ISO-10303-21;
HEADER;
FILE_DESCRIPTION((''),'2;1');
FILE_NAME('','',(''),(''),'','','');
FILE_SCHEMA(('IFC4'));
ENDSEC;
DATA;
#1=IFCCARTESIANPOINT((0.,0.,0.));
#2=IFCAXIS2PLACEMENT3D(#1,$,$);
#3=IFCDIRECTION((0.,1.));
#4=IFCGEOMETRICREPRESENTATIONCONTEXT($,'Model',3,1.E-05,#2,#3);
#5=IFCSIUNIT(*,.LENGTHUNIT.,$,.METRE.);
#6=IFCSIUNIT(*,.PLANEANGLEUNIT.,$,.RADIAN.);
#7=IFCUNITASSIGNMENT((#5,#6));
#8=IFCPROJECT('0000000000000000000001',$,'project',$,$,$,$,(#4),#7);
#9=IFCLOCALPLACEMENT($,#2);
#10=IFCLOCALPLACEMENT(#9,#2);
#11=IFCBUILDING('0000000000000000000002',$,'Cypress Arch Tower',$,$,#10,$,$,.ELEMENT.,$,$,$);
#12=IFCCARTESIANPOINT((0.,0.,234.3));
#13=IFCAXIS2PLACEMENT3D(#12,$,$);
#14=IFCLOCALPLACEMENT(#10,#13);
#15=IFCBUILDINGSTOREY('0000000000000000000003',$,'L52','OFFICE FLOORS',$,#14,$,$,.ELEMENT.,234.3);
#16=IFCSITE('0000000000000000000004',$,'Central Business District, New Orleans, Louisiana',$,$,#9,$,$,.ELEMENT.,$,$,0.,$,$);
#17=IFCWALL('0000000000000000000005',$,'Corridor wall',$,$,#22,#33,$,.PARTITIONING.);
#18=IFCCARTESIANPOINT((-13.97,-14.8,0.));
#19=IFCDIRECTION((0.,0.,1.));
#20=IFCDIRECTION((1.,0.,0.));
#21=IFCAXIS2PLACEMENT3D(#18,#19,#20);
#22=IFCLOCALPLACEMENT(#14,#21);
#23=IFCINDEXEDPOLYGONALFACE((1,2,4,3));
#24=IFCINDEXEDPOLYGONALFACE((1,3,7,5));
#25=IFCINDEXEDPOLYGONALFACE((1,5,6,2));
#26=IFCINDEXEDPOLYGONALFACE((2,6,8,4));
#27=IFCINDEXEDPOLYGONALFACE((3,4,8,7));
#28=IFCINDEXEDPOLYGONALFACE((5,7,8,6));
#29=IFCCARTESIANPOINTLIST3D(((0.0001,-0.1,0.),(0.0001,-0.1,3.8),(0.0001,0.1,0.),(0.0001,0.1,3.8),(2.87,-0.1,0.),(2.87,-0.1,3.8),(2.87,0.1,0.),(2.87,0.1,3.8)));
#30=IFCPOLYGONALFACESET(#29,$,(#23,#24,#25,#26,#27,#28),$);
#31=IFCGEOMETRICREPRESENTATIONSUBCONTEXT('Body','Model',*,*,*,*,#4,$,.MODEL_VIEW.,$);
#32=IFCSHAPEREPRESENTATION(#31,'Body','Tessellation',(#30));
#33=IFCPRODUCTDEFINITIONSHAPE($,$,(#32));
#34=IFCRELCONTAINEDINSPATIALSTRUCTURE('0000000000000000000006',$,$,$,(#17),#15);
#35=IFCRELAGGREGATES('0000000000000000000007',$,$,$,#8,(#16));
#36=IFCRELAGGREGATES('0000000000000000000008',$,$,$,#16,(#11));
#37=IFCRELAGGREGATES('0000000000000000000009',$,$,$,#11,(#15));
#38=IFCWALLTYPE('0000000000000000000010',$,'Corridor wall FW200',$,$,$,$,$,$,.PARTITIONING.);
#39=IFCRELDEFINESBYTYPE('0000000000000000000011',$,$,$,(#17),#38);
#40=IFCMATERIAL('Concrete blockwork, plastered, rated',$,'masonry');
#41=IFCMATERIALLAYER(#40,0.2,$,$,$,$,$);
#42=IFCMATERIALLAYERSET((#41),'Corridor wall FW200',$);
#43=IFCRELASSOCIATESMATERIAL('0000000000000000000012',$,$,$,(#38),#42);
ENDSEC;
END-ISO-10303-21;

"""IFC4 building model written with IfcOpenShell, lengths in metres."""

from ifc_helpers import new_model, si_unit, direction, frame, frame_2d, origin, place, context, subcontext, project, spatial, rectangle, extrude, material, layer, layer_set, type_object, element, save


model = new_model("IFC4")

# Units and contexts
model_context = context("Model", 3, precision=1e-05, world=origin(), true_north=direction((0.0, 1.0)))
body_context = subcontext(model_context, "Body", "Model", "MODEL_VIEW")
ifc_project = project(units=[si_unit("LENGTHUNIT", "METRE"), si_unit("PLANEANGLEUNIT", "RADIAN")], contexts=[model_context])

# Site, building, storey
site_placement = place(None, origin())
site = spatial("IfcSite", under=ifc_project, at=site_placement, Name="Central Business District, New Orleans, Louisiana", CompositionType="ELEMENT", RefElevation=0.0)
building_placement = place(site_placement, origin())
building = spatial("IfcBuilding", under=site, at=building_placement, Name="Cypress Arch Tower", CompositionType="ELEMENT")
storey_placement = place(building_placement, frame((0.0, 0.0, 234.3)))
storey = spatial("IfcBuildingStorey", under=building, at=storey_placement, Name="L52", Description="OFFICE FLOORS", CompositionType="ELEMENT", Elevation=234.3)

# Wall
ifc_material_1 = material(Name="Concrete blockwork, plastered, rated", Category="masonry")
ifc_layer_1 = layer(ifc_material_1, 0.2)
ifc_layer_set_1 = layer_set([ifc_layer_1], Name="Corridor wall FW200")
wall_type_1 = type_object("IfcWallType", Name="Corridor wall FW200", PredefinedType="PARTITIONING", material=ifc_layer_set_1)
wall_1_placement = place(storey_placement, frame((-13.97, -14.8, 0.0), z_axis=(0.0, 0.0, 1.0), x_axis=(1.0, 0.0, 0.0)))
element("IfcWall", 1, at=wall_1_placement, inside=storey, type_object=wall_type_1, Name="Corridor wall", PredefinedType="PARTITIONING", context=body_context, shape_type="SweptSolid", body=[
    extrude(rectangle(XDim=2.8699, YDim=0.2, at=frame_2d((1.4351, 0.0))), origin(), (0.0, 0.0, 1.0), 3.8),
])

save(model, "model.ifc")
